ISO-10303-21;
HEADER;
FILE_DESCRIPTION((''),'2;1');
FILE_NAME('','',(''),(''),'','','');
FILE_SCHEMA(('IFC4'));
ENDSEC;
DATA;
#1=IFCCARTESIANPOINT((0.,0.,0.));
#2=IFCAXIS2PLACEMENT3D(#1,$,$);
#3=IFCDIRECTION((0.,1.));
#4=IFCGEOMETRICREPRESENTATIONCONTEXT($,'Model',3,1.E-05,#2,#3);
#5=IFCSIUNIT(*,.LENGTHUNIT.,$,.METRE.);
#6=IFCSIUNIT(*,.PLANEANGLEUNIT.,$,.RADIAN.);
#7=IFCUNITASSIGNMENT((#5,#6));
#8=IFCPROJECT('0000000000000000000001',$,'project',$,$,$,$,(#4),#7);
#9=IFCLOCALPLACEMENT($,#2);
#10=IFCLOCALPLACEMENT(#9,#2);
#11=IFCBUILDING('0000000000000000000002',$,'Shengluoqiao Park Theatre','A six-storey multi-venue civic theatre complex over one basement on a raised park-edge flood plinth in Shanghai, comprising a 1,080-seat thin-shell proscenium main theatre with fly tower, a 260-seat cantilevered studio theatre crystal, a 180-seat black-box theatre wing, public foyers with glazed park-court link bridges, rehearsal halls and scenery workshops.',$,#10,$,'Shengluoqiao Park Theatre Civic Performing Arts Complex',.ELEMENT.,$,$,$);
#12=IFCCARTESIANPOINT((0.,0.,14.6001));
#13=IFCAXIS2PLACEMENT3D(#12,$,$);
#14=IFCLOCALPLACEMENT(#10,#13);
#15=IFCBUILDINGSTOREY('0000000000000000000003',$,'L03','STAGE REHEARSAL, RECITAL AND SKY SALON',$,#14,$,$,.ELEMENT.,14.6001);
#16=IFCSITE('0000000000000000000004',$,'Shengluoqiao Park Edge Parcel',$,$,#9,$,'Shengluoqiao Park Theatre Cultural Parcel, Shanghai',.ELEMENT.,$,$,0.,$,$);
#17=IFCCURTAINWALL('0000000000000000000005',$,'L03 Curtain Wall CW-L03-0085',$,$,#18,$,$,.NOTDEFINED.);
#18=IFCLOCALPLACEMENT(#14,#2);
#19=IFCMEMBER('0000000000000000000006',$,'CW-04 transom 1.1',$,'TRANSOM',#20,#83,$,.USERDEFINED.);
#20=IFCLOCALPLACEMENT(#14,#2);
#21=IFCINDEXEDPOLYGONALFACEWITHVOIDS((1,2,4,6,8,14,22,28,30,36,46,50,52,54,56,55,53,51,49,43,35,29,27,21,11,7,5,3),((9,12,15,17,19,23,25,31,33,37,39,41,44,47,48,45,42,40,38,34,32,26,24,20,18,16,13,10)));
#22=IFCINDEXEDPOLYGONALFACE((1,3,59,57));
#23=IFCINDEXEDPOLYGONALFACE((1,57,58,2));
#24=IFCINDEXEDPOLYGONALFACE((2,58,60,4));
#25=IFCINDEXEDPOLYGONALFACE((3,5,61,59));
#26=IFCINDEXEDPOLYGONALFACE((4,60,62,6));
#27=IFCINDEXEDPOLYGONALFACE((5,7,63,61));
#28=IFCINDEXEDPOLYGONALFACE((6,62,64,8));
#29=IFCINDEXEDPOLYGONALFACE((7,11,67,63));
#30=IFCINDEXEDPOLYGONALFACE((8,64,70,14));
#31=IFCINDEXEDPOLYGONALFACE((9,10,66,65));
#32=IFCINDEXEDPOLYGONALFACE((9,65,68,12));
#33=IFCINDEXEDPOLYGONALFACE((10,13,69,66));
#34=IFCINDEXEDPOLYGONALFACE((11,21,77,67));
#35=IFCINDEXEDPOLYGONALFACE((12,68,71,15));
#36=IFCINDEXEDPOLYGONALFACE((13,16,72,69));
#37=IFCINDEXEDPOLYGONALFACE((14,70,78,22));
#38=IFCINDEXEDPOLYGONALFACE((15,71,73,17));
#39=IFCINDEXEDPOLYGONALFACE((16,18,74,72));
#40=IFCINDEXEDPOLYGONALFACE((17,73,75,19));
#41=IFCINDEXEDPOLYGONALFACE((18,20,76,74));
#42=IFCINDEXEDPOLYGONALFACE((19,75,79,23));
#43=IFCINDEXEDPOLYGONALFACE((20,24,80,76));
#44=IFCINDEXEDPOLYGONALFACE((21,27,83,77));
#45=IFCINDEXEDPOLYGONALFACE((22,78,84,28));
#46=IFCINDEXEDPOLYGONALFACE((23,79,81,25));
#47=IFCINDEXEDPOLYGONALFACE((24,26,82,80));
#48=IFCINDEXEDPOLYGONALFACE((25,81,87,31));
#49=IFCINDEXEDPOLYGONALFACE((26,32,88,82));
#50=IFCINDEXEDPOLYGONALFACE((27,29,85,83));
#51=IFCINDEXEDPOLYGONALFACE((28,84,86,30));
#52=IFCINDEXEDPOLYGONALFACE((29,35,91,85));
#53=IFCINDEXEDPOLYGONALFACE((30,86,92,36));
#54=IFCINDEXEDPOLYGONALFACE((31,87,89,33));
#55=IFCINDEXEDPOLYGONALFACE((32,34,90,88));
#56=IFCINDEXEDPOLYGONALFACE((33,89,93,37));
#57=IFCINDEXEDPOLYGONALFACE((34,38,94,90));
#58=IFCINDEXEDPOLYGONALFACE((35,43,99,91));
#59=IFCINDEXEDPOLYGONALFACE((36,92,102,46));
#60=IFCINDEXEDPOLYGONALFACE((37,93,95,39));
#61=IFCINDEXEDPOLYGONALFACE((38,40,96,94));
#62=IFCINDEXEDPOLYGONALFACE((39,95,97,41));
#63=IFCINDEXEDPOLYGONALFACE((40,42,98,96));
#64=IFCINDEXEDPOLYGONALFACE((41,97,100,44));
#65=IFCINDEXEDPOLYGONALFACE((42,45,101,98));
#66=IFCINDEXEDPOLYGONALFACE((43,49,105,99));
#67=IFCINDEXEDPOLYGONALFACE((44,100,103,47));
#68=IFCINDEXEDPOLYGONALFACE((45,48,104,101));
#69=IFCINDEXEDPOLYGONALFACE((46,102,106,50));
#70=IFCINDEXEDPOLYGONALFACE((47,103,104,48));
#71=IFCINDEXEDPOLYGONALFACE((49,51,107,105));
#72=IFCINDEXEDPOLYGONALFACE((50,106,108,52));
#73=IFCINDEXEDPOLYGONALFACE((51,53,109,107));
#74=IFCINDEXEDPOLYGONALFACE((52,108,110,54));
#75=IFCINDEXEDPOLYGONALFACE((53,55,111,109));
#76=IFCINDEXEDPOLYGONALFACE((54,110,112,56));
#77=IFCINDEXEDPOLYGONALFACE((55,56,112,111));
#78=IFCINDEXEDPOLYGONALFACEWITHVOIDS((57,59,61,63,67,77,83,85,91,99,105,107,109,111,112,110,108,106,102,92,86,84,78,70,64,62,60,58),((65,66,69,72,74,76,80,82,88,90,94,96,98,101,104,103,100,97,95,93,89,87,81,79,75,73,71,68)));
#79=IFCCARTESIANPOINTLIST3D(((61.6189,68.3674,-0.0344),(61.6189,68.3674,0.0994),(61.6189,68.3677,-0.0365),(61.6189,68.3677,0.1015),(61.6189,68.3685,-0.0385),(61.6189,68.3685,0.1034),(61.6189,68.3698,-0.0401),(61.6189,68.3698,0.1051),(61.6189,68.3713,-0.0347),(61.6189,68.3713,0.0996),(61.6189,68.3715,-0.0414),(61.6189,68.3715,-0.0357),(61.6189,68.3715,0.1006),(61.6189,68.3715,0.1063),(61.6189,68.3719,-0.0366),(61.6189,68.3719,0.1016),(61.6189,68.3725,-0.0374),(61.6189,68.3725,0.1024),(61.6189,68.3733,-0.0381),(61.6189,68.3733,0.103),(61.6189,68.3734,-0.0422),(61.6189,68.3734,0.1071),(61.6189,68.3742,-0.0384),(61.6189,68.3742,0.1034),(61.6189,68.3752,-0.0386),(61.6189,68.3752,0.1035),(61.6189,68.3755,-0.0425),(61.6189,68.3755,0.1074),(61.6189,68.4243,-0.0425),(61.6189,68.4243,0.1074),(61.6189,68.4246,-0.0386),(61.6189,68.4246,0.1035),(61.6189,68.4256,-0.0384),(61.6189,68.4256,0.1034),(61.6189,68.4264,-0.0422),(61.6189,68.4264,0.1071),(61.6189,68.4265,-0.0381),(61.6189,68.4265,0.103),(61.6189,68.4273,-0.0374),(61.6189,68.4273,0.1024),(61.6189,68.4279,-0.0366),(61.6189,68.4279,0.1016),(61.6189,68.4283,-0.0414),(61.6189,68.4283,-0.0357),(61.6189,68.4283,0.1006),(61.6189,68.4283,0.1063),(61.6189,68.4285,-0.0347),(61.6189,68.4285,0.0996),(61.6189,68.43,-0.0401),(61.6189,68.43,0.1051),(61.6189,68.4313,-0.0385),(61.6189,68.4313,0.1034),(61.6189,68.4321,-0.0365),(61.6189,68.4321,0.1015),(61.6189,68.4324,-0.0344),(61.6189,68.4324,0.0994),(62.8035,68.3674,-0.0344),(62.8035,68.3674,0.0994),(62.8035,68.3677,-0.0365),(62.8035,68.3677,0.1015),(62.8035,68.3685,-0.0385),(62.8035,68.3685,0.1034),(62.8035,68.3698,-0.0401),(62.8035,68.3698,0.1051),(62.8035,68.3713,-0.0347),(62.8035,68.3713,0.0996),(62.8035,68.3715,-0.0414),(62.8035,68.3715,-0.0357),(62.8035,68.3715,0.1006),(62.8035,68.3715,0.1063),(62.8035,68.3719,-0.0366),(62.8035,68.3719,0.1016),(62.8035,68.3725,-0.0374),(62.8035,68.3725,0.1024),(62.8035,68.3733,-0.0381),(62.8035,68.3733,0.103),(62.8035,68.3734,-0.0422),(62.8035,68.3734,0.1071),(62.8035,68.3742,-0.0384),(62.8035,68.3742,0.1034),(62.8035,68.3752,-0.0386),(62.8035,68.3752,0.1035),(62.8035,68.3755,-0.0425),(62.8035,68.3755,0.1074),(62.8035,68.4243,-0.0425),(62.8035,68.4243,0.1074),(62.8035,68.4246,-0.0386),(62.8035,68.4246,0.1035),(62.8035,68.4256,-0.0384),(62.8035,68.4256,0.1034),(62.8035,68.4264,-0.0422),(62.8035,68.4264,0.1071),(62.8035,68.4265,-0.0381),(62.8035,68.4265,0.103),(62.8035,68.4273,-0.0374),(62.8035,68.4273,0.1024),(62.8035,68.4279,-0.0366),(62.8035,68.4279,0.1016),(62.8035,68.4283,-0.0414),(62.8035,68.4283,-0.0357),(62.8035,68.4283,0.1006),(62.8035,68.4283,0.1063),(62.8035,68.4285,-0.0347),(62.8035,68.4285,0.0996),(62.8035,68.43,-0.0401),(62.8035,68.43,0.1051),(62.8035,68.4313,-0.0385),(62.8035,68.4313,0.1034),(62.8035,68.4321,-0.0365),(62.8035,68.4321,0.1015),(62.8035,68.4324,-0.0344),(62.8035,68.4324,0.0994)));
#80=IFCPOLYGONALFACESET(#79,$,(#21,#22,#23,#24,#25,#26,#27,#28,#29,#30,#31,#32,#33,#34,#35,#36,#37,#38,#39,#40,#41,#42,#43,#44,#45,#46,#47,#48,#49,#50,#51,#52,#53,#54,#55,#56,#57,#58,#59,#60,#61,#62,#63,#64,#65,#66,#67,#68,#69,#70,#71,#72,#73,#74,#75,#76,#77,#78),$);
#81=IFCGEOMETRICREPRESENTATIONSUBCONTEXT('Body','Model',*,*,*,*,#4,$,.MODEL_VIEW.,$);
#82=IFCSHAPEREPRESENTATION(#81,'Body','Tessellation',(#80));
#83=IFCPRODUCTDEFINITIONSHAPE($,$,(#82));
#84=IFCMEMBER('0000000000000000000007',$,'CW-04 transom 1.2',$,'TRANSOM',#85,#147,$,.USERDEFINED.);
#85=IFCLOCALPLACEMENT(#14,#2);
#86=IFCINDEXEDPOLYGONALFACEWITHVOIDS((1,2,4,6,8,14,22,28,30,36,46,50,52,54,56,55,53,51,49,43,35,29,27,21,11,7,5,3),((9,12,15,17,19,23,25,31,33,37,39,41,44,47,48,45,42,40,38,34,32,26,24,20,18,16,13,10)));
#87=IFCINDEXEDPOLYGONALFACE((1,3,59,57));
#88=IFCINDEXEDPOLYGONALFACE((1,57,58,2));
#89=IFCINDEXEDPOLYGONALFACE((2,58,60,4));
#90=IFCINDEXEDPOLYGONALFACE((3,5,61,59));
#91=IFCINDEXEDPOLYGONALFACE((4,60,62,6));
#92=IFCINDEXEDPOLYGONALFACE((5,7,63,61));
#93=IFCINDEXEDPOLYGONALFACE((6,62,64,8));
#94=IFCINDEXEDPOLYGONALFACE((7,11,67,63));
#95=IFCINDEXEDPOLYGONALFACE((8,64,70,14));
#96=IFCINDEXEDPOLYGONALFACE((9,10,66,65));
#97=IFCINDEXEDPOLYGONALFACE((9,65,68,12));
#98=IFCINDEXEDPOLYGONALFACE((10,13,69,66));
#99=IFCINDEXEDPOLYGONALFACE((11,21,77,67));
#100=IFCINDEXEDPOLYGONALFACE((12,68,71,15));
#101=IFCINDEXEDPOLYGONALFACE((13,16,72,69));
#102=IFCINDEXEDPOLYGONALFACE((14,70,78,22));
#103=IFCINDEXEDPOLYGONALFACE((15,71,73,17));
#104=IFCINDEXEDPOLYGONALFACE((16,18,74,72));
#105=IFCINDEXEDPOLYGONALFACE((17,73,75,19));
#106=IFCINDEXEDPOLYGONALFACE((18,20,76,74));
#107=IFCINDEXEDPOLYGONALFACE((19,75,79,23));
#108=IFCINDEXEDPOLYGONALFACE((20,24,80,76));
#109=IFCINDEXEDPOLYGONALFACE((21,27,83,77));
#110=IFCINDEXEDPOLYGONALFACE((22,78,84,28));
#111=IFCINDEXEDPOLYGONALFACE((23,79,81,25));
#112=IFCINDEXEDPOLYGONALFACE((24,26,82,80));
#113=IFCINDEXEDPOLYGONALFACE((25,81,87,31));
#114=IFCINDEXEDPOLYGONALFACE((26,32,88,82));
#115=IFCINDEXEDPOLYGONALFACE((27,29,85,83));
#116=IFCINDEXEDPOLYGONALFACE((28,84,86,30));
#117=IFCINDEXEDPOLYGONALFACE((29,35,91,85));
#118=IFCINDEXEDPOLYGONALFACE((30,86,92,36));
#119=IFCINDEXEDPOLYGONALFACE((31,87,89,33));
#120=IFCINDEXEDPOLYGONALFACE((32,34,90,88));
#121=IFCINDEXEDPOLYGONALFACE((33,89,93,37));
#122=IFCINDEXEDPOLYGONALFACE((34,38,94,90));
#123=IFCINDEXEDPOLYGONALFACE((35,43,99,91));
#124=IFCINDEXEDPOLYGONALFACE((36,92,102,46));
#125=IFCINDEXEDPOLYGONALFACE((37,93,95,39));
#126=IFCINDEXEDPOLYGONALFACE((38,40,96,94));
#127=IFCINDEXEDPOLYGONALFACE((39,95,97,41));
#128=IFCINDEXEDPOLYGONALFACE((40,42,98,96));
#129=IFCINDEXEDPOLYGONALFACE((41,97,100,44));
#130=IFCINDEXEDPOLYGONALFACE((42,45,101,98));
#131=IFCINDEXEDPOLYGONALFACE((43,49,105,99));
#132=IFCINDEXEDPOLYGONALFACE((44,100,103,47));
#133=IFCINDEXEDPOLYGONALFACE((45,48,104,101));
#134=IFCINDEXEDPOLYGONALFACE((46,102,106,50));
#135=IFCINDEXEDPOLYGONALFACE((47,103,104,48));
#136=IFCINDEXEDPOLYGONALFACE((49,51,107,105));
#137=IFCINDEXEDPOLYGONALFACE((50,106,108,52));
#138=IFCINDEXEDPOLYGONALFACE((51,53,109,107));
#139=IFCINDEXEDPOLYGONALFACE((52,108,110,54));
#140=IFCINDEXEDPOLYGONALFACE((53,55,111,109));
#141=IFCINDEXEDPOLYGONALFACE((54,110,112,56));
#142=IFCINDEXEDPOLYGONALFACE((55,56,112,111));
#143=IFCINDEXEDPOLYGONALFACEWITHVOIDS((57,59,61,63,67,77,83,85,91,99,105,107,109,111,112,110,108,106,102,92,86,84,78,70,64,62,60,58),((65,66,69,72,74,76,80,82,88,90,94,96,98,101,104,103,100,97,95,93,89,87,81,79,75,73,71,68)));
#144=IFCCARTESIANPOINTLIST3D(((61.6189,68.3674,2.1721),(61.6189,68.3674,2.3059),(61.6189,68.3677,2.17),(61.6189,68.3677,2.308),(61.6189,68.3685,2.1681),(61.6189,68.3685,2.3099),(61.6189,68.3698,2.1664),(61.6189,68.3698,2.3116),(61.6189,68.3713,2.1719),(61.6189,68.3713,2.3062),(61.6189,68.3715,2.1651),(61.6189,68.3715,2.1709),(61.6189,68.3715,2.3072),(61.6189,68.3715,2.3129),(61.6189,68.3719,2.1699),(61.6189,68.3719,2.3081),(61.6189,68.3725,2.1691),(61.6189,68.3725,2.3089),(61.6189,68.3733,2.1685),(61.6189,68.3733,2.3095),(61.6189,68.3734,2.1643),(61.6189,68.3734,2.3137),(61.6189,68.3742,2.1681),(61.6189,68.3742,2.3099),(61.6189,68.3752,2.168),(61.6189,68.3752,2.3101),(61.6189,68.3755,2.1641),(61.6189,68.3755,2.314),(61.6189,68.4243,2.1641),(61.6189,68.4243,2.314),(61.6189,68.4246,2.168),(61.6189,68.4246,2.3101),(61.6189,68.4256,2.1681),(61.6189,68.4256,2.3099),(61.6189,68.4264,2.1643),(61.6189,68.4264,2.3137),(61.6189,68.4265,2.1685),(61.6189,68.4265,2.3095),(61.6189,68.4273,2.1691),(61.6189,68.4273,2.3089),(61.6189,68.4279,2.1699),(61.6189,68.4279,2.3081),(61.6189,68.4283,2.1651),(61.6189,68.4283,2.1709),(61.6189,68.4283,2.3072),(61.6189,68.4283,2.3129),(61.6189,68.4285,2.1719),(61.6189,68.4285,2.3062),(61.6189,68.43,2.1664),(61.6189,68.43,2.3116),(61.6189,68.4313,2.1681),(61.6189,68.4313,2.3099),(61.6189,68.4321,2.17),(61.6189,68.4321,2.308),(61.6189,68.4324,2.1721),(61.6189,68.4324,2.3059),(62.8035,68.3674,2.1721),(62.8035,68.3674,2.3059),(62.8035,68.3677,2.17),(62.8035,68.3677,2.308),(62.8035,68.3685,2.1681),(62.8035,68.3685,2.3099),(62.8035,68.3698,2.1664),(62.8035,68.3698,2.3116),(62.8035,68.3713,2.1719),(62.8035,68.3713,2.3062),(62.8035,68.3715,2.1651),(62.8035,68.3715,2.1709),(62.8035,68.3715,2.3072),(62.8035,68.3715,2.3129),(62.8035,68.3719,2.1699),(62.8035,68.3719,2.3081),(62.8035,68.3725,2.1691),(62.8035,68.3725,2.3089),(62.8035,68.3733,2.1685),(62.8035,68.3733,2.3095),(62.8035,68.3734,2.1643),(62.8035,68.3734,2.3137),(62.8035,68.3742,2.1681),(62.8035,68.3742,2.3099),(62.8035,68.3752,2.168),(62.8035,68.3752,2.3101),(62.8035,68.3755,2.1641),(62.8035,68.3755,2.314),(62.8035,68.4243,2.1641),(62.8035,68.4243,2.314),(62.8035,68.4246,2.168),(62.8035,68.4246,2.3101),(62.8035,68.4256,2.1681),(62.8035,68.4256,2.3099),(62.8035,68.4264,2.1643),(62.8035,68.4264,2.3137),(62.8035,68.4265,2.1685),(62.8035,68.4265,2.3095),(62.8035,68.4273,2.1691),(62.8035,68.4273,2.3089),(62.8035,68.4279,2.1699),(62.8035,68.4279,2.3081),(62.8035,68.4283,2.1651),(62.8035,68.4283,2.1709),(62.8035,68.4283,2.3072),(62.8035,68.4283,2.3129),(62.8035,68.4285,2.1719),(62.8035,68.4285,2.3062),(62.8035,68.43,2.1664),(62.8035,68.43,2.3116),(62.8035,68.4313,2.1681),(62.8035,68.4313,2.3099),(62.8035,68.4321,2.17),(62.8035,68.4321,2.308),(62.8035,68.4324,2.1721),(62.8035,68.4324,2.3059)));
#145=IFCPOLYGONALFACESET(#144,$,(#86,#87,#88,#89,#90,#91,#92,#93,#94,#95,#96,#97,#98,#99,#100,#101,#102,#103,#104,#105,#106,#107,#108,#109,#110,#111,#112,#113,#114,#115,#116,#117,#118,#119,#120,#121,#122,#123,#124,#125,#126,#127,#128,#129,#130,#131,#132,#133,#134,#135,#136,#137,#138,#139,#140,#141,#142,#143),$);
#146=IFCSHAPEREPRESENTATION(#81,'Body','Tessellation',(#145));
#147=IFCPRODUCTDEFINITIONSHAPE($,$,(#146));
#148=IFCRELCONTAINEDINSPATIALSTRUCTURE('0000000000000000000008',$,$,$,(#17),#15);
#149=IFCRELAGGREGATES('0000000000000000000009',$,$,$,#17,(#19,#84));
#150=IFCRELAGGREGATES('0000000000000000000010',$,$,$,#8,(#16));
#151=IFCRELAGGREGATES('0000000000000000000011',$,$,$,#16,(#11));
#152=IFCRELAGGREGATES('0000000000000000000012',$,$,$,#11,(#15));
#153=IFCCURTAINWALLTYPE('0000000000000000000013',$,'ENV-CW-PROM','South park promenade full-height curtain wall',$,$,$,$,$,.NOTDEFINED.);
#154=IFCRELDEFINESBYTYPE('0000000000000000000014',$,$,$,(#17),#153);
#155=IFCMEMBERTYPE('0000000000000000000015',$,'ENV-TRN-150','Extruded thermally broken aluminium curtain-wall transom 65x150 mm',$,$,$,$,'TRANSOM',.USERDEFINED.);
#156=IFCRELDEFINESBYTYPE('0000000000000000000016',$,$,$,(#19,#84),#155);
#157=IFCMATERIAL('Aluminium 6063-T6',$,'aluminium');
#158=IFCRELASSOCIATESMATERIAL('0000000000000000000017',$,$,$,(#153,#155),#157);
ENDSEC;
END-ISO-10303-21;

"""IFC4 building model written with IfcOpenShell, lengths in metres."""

from ifc_helpers import new_model, si_unit, direction, frame, origin, origin_2d, place, context, subcontext, project, spatial, hollow_rectangle, extrude, material, material_profile, profile_set, type_object, element, aggregate, save


model = new_model("IFC4")

# Units and contexts
model_context = context("Model", 3, precision=1e-05, world=origin(), true_north=direction((0.0, 1.0)))
body_context = subcontext(model_context, "Body", "Model", "MODEL_VIEW")
ifc_project = project(units=[si_unit("LENGTHUNIT", "METRE"), si_unit("PLANEANGLEUNIT", "RADIAN")], contexts=[model_context])

# Site, building, storey
site_placement = place(None, origin())
site = spatial("IfcSite", under=ifc_project, at=site_placement, Name="Shengluoqiao Park Edge Parcel", LongName="Shengluoqiao Park Theatre Cultural Parcel, Shanghai", CompositionType="ELEMENT", RefElevation=0.0)
building_placement = place(site_placement, origin())
building = spatial("IfcBuilding", under=site, at=building_placement, Name="Shengluoqiao Park Theatre", Description="A six-storey multi-venue civic theatre complex over one basement on a raised park-edge flood plinth in Shanghai, comprising a 1,080-seat thin-shell proscenium main theatre with fly tower, a 260-seat cantilevered studio theatre crystal, a 180-seat black-box theatre wing, public foyers with glazed park-court link bridges, rehearsal halls and scenery workshops.", LongName="Shengluoqiao Park Theatre Civic Performing Arts Complex", CompositionType="ELEMENT")
storey_placement = place(building_placement, frame((0.0, 0.0, 14.6001)))
storey = spatial("IfcBuildingStorey", under=building, at=storey_placement, Name="L03", Description="STAGE REHEARSAL, RECITAL AND SKY SALON", CompositionType="ELEMENT", Elevation=14.6001)

# Curtain wall
ifc_material_1 = material(Name="Aluminium 6063-T6", Category="aluminium")
curtain_wall_type = type_object("IfcCurtainWallType", Name="ENV-CW-PROM", Description="South park promenade full-height curtain wall", PredefinedType="NOTDEFINED", material=ifc_material_1)
curtain_wall_1_placement = place(storey_placement, origin())
curtain_wall_1 = element("IfcCurtainWall", 1, at=curtain_wall_1_placement, inside=storey, type_object=curtain_wall_type, Name="L03 Curtain Wall CW-L03-0085", PredefinedType="NOTDEFINED")

# Members
ifc_material_profile_1 = material_profile(ifc_material_1, hollow_rectangle(XDim=0.0649, YDim=0.1499, WallThickness=0.0039, InnerFilletRadius=0.0039, OuterFilletRadius=0.0081, at=origin_2d()), Name="ALU TRANSOM 150x65x4")
ifc_profile_set_1 = profile_set([ifc_material_profile_1], Name="Aluminium 6063-T6")
member_type_1 = type_object("IfcMemberType", Name="ENV-TRN-150", Description="Extruded thermally broken aluminium curtain-wall transom 65x150 mm", ElementType="TRANSOM", PredefinedType="USERDEFINED", material=ifc_profile_set_1)
member_1_placement = place(storey_placement, frame((61.6189, 68.3999, 0.0325), z_axis=(1.0, 0.0, 0.0), x_axis=(0.0, 1.0, 0.0)))
member_1 = element("IfcMember", 2, at=member_1_placement, type_object=member_type_1, Name="CW-04 transom 1.1", ObjectType="TRANSOM", PredefinedType="USERDEFINED", context=body_context, shape_type="SweptSolid", body=[
    extrude(hollow_rectangle(XDim=0.0649, YDim=0.1499, WallThickness=0.0039, InnerFilletRadius=0.0039, OuterFilletRadius=0.0081, at=origin_2d()), origin(), (0.0, 0.0, 1.0), 1.1846),
])
member_2_placement = place(storey_placement, frame((61.6189, 68.3999, 2.239), z_axis=(1.0, 0.0, 0.0), x_axis=(0.0, 1.0, 0.0)))
member_2 = element("IfcMember", 3, at=member_2_placement, type_object=member_type_1, Name="CW-04 transom 1.2", ObjectType="TRANSOM", PredefinedType="USERDEFINED", context=body_context, shape_type="SweptSolid", body=[
    extrude(hollow_rectangle(XDim=0.0649, YDim=0.1499, WallThickness=0.0039, InnerFilletRadius=0.0039, OuterFilletRadius=0.0081, at=origin_2d()), origin(), (0.0, 0.0, 1.0), 1.1846),
])

aggregate(curtain_wall_1, [member_1, member_2])

save(model, "model.ifc")
